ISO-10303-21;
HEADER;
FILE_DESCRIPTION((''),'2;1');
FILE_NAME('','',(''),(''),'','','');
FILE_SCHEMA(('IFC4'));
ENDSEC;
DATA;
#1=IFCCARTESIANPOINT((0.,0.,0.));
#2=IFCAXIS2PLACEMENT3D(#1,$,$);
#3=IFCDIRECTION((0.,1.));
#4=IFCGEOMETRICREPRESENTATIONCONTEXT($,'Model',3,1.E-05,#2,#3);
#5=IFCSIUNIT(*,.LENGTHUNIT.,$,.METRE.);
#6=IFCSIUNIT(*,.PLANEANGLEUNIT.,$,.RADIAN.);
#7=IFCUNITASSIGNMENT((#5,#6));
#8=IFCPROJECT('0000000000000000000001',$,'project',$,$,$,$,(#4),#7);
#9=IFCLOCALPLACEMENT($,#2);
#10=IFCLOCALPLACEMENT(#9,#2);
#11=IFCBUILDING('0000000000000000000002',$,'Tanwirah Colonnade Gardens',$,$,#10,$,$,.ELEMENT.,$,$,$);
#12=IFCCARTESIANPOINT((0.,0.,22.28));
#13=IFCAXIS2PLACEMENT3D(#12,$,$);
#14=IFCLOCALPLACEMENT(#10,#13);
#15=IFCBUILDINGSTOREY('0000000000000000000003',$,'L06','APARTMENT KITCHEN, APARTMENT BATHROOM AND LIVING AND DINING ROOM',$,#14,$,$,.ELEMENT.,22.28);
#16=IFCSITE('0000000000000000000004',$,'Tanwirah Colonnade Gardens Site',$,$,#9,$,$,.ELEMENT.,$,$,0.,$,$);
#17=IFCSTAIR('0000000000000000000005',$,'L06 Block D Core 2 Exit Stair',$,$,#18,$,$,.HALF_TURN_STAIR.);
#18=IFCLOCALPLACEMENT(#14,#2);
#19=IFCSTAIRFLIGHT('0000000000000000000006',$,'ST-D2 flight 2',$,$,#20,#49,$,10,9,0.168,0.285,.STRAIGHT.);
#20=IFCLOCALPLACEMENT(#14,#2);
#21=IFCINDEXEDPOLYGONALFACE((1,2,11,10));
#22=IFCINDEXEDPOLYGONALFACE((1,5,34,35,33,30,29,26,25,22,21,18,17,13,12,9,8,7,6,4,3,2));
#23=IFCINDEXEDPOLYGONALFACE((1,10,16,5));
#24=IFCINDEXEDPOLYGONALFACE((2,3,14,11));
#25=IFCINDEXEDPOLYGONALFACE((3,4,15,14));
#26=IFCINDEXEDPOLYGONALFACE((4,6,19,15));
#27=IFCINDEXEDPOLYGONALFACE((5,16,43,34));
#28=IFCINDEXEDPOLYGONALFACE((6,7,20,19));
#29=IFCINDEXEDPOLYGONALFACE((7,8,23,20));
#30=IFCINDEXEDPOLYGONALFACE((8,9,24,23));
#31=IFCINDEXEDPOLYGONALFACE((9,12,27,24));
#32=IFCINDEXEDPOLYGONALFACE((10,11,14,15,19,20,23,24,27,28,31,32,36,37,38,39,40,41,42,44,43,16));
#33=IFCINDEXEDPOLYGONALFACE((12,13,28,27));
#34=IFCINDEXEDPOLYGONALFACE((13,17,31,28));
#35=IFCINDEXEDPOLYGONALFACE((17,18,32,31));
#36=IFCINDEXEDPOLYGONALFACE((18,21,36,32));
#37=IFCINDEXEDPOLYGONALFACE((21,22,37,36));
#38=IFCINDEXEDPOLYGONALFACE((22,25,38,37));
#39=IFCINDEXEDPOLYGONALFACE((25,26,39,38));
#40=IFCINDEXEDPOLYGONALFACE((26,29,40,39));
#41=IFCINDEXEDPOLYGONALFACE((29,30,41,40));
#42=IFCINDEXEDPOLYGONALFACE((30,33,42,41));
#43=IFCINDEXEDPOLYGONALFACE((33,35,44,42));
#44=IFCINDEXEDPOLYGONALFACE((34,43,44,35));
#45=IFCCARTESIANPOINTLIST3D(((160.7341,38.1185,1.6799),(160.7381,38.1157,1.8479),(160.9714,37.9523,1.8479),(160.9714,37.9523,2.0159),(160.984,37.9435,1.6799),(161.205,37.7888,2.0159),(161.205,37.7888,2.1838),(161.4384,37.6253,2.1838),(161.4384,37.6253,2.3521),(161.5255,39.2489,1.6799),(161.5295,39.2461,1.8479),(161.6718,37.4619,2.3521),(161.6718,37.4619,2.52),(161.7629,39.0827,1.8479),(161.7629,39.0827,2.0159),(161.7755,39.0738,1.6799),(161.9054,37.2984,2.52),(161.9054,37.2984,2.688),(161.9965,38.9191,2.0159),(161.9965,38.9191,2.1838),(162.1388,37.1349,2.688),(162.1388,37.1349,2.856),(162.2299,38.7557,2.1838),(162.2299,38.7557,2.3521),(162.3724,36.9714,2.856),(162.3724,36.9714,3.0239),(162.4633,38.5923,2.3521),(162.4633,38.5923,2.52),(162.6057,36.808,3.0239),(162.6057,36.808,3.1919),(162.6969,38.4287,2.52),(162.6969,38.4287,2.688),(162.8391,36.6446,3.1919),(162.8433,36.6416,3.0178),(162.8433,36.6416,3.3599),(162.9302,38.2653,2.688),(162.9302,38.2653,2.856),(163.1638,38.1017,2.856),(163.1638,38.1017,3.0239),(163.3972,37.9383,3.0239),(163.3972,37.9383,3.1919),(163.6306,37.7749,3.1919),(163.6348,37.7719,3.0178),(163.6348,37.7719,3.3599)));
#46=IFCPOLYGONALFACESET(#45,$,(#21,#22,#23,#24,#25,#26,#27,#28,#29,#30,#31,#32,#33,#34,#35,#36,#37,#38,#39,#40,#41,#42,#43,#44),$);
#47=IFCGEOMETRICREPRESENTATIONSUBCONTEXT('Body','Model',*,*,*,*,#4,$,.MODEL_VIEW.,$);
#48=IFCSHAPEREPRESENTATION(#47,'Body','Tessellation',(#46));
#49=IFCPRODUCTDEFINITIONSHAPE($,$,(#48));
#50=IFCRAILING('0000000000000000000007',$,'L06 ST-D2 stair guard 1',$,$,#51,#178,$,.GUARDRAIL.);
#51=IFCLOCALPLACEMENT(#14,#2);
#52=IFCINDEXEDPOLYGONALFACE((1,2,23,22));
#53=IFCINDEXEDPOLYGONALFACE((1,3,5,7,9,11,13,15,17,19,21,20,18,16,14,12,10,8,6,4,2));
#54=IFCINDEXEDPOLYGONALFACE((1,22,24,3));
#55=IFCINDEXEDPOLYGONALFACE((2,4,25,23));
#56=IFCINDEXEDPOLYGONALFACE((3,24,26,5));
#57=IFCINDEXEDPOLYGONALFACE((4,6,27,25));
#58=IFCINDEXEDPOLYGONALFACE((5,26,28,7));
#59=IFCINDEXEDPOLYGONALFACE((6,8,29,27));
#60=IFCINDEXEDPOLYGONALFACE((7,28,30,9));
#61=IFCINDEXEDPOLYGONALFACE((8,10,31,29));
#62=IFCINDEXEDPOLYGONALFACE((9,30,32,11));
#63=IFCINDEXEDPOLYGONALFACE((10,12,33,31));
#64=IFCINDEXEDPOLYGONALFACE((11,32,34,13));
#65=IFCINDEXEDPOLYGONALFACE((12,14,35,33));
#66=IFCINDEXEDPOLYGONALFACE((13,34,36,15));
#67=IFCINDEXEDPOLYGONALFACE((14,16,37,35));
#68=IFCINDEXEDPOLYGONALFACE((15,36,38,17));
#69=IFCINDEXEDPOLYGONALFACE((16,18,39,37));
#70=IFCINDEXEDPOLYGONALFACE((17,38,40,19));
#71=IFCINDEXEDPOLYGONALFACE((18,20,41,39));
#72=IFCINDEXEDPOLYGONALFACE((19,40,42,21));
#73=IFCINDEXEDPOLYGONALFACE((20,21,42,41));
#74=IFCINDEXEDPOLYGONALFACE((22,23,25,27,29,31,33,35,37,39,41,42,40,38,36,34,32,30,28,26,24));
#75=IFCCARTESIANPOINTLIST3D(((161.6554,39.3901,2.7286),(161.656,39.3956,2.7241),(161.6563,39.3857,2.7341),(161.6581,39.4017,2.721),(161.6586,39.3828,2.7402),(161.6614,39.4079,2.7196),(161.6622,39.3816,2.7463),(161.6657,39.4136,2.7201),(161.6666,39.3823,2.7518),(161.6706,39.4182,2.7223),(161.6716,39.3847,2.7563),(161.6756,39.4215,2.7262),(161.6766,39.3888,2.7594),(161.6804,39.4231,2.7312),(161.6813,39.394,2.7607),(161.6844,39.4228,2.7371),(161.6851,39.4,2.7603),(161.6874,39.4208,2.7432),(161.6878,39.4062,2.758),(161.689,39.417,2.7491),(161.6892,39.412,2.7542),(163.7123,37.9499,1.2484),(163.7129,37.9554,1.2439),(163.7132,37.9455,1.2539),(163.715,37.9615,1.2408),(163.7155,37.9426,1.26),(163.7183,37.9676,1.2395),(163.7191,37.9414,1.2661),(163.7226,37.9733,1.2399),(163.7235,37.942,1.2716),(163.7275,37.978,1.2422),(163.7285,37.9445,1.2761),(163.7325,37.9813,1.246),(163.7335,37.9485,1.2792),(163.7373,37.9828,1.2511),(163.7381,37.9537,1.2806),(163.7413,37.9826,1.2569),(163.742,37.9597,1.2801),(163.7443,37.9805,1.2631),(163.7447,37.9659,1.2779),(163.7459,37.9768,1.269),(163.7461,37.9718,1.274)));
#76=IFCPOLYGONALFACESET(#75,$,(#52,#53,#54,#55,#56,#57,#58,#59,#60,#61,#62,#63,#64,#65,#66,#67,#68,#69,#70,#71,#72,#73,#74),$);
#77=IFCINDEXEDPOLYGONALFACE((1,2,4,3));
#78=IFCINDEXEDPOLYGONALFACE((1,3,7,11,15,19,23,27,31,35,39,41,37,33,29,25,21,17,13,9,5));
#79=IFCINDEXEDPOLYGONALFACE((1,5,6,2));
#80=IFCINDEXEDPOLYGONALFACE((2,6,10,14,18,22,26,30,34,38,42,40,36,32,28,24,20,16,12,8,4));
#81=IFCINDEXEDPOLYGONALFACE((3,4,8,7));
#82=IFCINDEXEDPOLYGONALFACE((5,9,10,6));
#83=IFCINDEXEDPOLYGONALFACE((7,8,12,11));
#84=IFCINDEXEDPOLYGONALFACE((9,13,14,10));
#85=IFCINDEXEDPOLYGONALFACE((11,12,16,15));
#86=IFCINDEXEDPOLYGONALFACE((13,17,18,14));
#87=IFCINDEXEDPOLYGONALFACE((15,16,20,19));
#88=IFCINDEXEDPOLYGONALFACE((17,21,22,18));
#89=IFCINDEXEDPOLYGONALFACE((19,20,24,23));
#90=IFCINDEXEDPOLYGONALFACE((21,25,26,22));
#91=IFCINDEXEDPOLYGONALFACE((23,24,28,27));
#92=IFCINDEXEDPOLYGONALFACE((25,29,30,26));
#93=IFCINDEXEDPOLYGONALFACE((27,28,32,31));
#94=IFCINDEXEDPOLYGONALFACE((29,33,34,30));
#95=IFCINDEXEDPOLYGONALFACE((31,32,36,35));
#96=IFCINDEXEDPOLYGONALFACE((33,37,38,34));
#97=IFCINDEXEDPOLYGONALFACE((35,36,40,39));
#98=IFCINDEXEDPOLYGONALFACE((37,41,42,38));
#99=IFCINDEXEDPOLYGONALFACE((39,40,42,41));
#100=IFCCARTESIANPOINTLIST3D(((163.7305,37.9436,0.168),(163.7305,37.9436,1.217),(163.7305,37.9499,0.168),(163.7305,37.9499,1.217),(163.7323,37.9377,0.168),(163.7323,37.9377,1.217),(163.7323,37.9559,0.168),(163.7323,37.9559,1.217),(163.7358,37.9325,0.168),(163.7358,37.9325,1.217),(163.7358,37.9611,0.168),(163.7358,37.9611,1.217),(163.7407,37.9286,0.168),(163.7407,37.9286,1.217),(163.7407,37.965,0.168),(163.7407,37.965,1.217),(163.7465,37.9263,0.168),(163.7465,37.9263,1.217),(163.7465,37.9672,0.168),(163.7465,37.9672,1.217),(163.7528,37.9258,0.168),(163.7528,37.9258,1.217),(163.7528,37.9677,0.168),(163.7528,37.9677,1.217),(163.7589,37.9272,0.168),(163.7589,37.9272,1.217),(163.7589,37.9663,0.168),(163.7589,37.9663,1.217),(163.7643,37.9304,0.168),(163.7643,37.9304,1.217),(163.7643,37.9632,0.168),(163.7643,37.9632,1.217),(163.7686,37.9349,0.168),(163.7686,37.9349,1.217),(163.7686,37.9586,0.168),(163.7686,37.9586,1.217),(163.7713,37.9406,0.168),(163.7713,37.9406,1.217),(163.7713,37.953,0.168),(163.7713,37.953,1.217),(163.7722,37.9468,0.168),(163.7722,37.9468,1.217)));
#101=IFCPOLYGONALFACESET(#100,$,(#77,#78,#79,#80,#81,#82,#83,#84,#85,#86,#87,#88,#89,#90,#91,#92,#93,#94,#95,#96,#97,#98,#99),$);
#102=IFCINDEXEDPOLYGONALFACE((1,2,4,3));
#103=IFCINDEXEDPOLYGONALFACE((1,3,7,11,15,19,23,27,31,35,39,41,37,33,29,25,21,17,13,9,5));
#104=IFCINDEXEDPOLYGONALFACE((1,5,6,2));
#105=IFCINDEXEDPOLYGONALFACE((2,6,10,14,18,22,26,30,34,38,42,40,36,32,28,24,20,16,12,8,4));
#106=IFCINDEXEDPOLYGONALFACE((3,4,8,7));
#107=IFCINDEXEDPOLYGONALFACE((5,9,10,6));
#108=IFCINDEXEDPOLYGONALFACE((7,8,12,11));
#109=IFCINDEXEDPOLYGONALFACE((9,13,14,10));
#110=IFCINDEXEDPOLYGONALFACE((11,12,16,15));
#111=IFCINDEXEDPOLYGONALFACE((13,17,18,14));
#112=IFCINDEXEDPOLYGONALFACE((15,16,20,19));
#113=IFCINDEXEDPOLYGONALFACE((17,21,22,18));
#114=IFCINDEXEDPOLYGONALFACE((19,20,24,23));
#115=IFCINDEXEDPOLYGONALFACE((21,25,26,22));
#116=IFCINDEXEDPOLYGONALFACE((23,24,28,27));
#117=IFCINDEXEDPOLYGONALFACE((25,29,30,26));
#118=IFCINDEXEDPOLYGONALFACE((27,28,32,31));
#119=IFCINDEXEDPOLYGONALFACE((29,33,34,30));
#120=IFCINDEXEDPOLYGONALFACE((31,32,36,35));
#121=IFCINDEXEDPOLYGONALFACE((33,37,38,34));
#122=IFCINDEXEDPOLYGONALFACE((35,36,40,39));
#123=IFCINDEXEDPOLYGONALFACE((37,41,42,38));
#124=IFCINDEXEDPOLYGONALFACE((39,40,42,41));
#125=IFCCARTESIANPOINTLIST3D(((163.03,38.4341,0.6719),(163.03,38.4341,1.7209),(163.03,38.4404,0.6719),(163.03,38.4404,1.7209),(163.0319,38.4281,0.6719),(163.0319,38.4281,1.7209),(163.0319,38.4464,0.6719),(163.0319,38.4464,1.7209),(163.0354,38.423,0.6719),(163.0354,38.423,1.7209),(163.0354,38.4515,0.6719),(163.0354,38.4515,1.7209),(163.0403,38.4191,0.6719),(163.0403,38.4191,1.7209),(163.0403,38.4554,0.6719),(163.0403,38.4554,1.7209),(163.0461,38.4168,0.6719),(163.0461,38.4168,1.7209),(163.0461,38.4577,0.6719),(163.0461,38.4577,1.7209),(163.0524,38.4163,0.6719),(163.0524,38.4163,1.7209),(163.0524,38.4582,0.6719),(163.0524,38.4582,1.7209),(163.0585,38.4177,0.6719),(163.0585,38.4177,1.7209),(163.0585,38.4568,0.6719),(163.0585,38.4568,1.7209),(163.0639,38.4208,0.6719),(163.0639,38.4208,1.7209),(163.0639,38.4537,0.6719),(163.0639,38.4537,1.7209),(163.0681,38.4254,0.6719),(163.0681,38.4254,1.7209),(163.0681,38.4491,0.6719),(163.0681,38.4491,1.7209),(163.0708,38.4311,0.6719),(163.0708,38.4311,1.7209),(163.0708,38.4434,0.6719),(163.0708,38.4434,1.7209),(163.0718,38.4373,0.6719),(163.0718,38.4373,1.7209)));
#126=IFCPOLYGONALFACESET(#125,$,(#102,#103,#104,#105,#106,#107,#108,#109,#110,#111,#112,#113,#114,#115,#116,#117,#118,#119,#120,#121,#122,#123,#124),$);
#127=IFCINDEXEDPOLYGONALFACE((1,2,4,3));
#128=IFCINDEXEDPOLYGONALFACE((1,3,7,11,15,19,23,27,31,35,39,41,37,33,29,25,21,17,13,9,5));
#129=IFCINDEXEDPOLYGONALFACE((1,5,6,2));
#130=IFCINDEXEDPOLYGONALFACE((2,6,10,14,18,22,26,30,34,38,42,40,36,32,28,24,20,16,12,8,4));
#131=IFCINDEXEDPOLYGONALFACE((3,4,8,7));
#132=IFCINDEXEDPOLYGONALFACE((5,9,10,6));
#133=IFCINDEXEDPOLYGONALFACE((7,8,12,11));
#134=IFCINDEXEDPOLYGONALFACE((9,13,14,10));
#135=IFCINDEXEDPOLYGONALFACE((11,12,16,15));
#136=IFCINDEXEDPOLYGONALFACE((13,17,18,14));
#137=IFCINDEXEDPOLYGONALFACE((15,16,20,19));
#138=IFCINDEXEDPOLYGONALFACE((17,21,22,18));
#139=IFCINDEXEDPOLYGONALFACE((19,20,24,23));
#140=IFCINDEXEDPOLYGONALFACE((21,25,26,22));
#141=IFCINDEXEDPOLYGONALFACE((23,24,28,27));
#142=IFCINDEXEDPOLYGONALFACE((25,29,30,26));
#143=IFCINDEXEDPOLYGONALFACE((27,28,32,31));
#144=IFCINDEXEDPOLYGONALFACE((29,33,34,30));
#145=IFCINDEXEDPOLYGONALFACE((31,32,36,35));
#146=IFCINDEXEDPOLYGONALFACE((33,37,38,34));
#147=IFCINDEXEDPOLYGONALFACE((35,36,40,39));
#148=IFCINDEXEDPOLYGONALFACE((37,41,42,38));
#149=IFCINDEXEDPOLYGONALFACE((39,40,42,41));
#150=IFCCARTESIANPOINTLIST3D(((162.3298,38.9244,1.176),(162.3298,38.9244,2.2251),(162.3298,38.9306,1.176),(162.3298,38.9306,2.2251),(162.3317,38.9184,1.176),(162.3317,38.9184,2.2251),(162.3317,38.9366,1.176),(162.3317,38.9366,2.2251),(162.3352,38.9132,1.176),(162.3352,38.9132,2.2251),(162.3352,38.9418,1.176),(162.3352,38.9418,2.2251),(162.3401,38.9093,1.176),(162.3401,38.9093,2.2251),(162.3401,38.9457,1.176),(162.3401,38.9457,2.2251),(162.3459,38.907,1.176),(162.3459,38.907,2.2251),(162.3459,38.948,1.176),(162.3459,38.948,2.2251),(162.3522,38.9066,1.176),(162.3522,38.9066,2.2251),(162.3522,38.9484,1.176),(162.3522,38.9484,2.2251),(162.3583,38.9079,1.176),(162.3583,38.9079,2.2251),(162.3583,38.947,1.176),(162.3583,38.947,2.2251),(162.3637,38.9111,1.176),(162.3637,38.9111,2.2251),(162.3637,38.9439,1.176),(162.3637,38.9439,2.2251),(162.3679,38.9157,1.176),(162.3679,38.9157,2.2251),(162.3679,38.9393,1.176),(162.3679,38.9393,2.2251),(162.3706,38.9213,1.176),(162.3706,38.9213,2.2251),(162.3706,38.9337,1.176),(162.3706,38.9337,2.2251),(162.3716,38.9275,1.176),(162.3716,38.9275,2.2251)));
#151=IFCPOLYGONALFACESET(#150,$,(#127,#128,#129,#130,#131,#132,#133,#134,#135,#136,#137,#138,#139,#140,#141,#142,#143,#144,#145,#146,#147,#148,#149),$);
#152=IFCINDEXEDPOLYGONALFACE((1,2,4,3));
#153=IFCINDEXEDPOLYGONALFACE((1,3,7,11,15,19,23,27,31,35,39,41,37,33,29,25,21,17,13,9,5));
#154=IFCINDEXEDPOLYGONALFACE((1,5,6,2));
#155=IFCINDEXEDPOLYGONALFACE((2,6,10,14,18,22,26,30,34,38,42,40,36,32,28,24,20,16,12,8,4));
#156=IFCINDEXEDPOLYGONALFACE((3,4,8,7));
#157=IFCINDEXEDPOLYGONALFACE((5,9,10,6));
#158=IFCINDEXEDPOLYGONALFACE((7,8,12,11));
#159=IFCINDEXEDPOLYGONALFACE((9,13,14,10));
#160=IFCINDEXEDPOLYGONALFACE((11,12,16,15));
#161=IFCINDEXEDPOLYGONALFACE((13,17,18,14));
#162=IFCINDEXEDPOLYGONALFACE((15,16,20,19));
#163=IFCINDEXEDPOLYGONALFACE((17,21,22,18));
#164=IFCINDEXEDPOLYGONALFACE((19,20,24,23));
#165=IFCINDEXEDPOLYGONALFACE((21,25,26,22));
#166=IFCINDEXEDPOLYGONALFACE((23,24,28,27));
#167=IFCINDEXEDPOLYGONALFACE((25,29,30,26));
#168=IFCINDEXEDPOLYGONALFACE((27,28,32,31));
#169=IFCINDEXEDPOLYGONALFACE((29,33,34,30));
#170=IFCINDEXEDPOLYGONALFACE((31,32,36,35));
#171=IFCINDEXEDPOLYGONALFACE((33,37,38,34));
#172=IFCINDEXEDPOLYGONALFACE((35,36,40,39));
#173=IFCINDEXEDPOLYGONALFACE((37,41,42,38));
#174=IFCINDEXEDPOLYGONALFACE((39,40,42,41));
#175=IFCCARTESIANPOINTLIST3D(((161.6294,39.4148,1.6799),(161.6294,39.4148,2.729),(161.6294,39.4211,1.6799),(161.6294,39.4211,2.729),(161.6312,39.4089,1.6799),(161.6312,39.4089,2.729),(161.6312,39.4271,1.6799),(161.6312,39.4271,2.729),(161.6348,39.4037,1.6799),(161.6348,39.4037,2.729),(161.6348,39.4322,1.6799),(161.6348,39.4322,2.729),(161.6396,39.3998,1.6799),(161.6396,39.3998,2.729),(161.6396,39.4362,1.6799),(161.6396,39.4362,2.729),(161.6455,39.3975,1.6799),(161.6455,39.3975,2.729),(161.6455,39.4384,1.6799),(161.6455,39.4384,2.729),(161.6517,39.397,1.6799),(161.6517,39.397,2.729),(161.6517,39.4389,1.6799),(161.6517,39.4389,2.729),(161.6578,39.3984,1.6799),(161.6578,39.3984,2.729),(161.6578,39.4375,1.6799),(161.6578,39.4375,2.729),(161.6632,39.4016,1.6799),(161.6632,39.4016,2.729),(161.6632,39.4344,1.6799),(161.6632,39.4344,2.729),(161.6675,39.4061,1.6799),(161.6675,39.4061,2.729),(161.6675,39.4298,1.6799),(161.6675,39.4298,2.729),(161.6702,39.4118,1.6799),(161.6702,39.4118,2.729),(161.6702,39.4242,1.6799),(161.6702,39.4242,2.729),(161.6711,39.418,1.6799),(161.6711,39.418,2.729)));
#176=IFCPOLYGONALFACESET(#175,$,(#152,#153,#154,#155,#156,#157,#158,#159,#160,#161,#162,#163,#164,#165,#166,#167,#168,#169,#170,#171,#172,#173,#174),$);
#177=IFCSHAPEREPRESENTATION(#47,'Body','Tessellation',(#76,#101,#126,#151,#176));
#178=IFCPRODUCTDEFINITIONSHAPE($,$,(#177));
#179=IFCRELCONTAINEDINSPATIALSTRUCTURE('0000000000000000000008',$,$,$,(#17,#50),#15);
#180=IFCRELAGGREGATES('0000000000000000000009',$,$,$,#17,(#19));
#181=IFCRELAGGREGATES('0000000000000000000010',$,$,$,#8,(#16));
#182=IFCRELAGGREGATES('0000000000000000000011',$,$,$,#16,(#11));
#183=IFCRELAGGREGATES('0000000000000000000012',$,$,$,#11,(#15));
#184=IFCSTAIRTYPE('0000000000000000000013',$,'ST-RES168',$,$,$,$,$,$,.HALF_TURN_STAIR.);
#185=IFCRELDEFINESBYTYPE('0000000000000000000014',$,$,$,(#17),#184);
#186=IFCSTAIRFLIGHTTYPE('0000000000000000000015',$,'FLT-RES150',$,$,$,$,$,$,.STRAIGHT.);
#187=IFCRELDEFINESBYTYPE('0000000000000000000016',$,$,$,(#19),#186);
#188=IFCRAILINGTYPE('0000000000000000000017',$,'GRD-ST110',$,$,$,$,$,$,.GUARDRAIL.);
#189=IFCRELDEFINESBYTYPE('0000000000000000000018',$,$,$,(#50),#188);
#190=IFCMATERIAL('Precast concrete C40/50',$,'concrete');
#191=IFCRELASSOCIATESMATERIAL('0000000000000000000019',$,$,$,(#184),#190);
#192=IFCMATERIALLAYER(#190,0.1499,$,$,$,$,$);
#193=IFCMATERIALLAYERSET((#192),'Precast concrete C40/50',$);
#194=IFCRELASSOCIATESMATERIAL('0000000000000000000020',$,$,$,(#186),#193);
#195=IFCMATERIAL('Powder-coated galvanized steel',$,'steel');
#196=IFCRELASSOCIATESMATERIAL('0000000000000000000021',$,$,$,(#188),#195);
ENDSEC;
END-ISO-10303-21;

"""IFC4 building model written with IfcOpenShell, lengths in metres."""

from ifc_helpers import new_model, si_unit, direction, frame, origin, origin_2d, place, context, subcontext, project, spatial, polyline, circle, outline, extrude, material, layer, layer_set, type_object, element, aggregate, save


model = new_model("IFC4")

# Units and contexts
model_context = context("Model", 3, precision=1e-05, world=origin(), true_north=direction((0.0, 1.0)))
body_context = subcontext(model_context, "Body", "Model", "MODEL_VIEW")
ifc_project = project(units=[si_unit("LENGTHUNIT", "METRE"), si_unit("PLANEANGLEUNIT", "RADIAN")], contexts=[model_context])

# Site, building, storey
site_placement = place(None, origin())
site = spatial("IfcSite", under=ifc_project, at=site_placement, Name="Tanwirah Colonnade Gardens Site", CompositionType="ELEMENT", RefElevation=0.0)
building_placement = place(site_placement, origin())
building = spatial("IfcBuilding", under=site, at=building_placement, Name="Tanwirah Colonnade Gardens", CompositionType="ELEMENT")
storey_placement = place(building_placement, frame((0.0, 0.0, 22.28)))
storey = spatial("IfcBuildingStorey", under=building, at=storey_placement, Name="L06", Description="APARTMENT KITCHEN, APARTMENT BATHROOM AND LIVING AND DINING ROOM", CompositionType="ELEMENT", Elevation=22.28)

# Shared definitions
ifc_material_1 = material(Name="Precast concrete C40/50", Category="concrete")

# Stair, stair flight
stair_type = type_object("IfcStairType", Name="ST-RES168", PredefinedType="HALF_TURN_STAIR", material=ifc_material_1)
stair_placement = place(storey_placement, origin())
stair = element("IfcStair", 1, at=stair_placement, inside=storey, type_object=stair_type, Name="L06 Block D Core 2 Exit Stair", PredefinedType="HALF_TURN_STAIR")
ifc_layer_1 = layer(ifc_material_1, 0.1499)
ifc_layer_set_1 = layer_set([ifc_layer_1], Name="Precast concrete C40/50")
stair_flight_type = type_object("IfcStairFlightType", Name="FLT-RES150", PredefinedType="STRAIGHT", material=ifc_layer_set_1)
stair_flight_1_placement = place(storey_placement, frame((161.1338, 38.6809, 1.6799), z_axis=(0.0, 0.0, 1.0), x_axis=(0.819152, -0.573576, 0.0)))
stair_flight_1 = element("IfcStairFlight", 2, at=stair_flight_1_placement, type_object=stair_flight_type, Name="ST-D2 flight 2", NumberOfRisers=10, NumberOfTreads=9, PredefinedType="STRAIGHT", RiserHeight=0.168, TreadLength=0.285, context=body_context, shape_type="SweptSolid", body=[
    extrude(outline(polyline([(-0.0049, 0.0), (0.0, 0.168), (0.2849, 0.168), (0.2849, 0.3359), (0.5701, 0.3359), (0.5701, 0.5039), (0.855, 0.5039), (0.855, 0.6721), (1.1399, 0.6721), (1.1399, 0.8401), (1.425, 0.8401), (1.425, 1.0081), (1.71, 1.0081), (1.71, 1.176), (1.9951, 1.176), (1.9951, 1.344), (2.28, 1.344), (2.28, 1.512), (2.5649, 1.512), (2.5701, 1.6799), (2.5701, 1.3379), (0.3003, 0.0), (-0.0049, 0.0)])), frame((0.0, 0.6899, 0.0), z_axis=(0.0, -1.0, 0.0), x_axis=(1.0, 0.0, 0.0)), (0.0, 0.0, 1.0), 1.3799),
])
aggregate(stair, [stair_flight_1])

# Railing
ifc_material_2 = material(Name="Powder-coated galvanized steel", Category="steel")
railing_type_1 = type_object("IfcRailingType", Name="GRD-ST110", PredefinedType="GUARDRAIL", material=ifc_material_2)
railing_1_placement = place(storey_placement, frame((163.7512, 37.9468, 0.168)))
element("IfcRailing", 3, at=railing_1_placement, inside=storey, type_object=railing_type_1, Name="L06 ST-D2 stair guard 1", PredefinedType="GUARDRAIL", context=body_context, shape_type="SweptSolid", body=[
    extrude(circle(Radius=0.0239, at=origin_2d()), frame((-0.022, 0.0154, 1.092), z_axis=(-0.705673, 0.494118, 0.507812), x_axis=(-0.573577, -0.819151, 0.0)), (0.0, 0.0, 1.0), 2.9148),
    extrude(circle(Radius=0.021, at=origin_2d()), origin(), (0.0, 0.0, 1.0), 1.0491),
    extrude(circle(Radius=0.021, at=origin_2d()), frame((-0.7004, 0.4905, 0.5039)), (0.0, 0.0, 1.0), 1.0491),
    extrude(circle(Radius=0.021, at=origin_2d()), frame((-1.4006, 0.9807, 1.0081)), (0.0, 0.0, 1.0), 1.0491),
    extrude(circle(Radius=0.021, at=origin_2d()), frame((-2.1011, 1.4712, 1.512)), (0.0, 0.0, 1.0), 1.0491),
])

save(model, "model.ifc")
